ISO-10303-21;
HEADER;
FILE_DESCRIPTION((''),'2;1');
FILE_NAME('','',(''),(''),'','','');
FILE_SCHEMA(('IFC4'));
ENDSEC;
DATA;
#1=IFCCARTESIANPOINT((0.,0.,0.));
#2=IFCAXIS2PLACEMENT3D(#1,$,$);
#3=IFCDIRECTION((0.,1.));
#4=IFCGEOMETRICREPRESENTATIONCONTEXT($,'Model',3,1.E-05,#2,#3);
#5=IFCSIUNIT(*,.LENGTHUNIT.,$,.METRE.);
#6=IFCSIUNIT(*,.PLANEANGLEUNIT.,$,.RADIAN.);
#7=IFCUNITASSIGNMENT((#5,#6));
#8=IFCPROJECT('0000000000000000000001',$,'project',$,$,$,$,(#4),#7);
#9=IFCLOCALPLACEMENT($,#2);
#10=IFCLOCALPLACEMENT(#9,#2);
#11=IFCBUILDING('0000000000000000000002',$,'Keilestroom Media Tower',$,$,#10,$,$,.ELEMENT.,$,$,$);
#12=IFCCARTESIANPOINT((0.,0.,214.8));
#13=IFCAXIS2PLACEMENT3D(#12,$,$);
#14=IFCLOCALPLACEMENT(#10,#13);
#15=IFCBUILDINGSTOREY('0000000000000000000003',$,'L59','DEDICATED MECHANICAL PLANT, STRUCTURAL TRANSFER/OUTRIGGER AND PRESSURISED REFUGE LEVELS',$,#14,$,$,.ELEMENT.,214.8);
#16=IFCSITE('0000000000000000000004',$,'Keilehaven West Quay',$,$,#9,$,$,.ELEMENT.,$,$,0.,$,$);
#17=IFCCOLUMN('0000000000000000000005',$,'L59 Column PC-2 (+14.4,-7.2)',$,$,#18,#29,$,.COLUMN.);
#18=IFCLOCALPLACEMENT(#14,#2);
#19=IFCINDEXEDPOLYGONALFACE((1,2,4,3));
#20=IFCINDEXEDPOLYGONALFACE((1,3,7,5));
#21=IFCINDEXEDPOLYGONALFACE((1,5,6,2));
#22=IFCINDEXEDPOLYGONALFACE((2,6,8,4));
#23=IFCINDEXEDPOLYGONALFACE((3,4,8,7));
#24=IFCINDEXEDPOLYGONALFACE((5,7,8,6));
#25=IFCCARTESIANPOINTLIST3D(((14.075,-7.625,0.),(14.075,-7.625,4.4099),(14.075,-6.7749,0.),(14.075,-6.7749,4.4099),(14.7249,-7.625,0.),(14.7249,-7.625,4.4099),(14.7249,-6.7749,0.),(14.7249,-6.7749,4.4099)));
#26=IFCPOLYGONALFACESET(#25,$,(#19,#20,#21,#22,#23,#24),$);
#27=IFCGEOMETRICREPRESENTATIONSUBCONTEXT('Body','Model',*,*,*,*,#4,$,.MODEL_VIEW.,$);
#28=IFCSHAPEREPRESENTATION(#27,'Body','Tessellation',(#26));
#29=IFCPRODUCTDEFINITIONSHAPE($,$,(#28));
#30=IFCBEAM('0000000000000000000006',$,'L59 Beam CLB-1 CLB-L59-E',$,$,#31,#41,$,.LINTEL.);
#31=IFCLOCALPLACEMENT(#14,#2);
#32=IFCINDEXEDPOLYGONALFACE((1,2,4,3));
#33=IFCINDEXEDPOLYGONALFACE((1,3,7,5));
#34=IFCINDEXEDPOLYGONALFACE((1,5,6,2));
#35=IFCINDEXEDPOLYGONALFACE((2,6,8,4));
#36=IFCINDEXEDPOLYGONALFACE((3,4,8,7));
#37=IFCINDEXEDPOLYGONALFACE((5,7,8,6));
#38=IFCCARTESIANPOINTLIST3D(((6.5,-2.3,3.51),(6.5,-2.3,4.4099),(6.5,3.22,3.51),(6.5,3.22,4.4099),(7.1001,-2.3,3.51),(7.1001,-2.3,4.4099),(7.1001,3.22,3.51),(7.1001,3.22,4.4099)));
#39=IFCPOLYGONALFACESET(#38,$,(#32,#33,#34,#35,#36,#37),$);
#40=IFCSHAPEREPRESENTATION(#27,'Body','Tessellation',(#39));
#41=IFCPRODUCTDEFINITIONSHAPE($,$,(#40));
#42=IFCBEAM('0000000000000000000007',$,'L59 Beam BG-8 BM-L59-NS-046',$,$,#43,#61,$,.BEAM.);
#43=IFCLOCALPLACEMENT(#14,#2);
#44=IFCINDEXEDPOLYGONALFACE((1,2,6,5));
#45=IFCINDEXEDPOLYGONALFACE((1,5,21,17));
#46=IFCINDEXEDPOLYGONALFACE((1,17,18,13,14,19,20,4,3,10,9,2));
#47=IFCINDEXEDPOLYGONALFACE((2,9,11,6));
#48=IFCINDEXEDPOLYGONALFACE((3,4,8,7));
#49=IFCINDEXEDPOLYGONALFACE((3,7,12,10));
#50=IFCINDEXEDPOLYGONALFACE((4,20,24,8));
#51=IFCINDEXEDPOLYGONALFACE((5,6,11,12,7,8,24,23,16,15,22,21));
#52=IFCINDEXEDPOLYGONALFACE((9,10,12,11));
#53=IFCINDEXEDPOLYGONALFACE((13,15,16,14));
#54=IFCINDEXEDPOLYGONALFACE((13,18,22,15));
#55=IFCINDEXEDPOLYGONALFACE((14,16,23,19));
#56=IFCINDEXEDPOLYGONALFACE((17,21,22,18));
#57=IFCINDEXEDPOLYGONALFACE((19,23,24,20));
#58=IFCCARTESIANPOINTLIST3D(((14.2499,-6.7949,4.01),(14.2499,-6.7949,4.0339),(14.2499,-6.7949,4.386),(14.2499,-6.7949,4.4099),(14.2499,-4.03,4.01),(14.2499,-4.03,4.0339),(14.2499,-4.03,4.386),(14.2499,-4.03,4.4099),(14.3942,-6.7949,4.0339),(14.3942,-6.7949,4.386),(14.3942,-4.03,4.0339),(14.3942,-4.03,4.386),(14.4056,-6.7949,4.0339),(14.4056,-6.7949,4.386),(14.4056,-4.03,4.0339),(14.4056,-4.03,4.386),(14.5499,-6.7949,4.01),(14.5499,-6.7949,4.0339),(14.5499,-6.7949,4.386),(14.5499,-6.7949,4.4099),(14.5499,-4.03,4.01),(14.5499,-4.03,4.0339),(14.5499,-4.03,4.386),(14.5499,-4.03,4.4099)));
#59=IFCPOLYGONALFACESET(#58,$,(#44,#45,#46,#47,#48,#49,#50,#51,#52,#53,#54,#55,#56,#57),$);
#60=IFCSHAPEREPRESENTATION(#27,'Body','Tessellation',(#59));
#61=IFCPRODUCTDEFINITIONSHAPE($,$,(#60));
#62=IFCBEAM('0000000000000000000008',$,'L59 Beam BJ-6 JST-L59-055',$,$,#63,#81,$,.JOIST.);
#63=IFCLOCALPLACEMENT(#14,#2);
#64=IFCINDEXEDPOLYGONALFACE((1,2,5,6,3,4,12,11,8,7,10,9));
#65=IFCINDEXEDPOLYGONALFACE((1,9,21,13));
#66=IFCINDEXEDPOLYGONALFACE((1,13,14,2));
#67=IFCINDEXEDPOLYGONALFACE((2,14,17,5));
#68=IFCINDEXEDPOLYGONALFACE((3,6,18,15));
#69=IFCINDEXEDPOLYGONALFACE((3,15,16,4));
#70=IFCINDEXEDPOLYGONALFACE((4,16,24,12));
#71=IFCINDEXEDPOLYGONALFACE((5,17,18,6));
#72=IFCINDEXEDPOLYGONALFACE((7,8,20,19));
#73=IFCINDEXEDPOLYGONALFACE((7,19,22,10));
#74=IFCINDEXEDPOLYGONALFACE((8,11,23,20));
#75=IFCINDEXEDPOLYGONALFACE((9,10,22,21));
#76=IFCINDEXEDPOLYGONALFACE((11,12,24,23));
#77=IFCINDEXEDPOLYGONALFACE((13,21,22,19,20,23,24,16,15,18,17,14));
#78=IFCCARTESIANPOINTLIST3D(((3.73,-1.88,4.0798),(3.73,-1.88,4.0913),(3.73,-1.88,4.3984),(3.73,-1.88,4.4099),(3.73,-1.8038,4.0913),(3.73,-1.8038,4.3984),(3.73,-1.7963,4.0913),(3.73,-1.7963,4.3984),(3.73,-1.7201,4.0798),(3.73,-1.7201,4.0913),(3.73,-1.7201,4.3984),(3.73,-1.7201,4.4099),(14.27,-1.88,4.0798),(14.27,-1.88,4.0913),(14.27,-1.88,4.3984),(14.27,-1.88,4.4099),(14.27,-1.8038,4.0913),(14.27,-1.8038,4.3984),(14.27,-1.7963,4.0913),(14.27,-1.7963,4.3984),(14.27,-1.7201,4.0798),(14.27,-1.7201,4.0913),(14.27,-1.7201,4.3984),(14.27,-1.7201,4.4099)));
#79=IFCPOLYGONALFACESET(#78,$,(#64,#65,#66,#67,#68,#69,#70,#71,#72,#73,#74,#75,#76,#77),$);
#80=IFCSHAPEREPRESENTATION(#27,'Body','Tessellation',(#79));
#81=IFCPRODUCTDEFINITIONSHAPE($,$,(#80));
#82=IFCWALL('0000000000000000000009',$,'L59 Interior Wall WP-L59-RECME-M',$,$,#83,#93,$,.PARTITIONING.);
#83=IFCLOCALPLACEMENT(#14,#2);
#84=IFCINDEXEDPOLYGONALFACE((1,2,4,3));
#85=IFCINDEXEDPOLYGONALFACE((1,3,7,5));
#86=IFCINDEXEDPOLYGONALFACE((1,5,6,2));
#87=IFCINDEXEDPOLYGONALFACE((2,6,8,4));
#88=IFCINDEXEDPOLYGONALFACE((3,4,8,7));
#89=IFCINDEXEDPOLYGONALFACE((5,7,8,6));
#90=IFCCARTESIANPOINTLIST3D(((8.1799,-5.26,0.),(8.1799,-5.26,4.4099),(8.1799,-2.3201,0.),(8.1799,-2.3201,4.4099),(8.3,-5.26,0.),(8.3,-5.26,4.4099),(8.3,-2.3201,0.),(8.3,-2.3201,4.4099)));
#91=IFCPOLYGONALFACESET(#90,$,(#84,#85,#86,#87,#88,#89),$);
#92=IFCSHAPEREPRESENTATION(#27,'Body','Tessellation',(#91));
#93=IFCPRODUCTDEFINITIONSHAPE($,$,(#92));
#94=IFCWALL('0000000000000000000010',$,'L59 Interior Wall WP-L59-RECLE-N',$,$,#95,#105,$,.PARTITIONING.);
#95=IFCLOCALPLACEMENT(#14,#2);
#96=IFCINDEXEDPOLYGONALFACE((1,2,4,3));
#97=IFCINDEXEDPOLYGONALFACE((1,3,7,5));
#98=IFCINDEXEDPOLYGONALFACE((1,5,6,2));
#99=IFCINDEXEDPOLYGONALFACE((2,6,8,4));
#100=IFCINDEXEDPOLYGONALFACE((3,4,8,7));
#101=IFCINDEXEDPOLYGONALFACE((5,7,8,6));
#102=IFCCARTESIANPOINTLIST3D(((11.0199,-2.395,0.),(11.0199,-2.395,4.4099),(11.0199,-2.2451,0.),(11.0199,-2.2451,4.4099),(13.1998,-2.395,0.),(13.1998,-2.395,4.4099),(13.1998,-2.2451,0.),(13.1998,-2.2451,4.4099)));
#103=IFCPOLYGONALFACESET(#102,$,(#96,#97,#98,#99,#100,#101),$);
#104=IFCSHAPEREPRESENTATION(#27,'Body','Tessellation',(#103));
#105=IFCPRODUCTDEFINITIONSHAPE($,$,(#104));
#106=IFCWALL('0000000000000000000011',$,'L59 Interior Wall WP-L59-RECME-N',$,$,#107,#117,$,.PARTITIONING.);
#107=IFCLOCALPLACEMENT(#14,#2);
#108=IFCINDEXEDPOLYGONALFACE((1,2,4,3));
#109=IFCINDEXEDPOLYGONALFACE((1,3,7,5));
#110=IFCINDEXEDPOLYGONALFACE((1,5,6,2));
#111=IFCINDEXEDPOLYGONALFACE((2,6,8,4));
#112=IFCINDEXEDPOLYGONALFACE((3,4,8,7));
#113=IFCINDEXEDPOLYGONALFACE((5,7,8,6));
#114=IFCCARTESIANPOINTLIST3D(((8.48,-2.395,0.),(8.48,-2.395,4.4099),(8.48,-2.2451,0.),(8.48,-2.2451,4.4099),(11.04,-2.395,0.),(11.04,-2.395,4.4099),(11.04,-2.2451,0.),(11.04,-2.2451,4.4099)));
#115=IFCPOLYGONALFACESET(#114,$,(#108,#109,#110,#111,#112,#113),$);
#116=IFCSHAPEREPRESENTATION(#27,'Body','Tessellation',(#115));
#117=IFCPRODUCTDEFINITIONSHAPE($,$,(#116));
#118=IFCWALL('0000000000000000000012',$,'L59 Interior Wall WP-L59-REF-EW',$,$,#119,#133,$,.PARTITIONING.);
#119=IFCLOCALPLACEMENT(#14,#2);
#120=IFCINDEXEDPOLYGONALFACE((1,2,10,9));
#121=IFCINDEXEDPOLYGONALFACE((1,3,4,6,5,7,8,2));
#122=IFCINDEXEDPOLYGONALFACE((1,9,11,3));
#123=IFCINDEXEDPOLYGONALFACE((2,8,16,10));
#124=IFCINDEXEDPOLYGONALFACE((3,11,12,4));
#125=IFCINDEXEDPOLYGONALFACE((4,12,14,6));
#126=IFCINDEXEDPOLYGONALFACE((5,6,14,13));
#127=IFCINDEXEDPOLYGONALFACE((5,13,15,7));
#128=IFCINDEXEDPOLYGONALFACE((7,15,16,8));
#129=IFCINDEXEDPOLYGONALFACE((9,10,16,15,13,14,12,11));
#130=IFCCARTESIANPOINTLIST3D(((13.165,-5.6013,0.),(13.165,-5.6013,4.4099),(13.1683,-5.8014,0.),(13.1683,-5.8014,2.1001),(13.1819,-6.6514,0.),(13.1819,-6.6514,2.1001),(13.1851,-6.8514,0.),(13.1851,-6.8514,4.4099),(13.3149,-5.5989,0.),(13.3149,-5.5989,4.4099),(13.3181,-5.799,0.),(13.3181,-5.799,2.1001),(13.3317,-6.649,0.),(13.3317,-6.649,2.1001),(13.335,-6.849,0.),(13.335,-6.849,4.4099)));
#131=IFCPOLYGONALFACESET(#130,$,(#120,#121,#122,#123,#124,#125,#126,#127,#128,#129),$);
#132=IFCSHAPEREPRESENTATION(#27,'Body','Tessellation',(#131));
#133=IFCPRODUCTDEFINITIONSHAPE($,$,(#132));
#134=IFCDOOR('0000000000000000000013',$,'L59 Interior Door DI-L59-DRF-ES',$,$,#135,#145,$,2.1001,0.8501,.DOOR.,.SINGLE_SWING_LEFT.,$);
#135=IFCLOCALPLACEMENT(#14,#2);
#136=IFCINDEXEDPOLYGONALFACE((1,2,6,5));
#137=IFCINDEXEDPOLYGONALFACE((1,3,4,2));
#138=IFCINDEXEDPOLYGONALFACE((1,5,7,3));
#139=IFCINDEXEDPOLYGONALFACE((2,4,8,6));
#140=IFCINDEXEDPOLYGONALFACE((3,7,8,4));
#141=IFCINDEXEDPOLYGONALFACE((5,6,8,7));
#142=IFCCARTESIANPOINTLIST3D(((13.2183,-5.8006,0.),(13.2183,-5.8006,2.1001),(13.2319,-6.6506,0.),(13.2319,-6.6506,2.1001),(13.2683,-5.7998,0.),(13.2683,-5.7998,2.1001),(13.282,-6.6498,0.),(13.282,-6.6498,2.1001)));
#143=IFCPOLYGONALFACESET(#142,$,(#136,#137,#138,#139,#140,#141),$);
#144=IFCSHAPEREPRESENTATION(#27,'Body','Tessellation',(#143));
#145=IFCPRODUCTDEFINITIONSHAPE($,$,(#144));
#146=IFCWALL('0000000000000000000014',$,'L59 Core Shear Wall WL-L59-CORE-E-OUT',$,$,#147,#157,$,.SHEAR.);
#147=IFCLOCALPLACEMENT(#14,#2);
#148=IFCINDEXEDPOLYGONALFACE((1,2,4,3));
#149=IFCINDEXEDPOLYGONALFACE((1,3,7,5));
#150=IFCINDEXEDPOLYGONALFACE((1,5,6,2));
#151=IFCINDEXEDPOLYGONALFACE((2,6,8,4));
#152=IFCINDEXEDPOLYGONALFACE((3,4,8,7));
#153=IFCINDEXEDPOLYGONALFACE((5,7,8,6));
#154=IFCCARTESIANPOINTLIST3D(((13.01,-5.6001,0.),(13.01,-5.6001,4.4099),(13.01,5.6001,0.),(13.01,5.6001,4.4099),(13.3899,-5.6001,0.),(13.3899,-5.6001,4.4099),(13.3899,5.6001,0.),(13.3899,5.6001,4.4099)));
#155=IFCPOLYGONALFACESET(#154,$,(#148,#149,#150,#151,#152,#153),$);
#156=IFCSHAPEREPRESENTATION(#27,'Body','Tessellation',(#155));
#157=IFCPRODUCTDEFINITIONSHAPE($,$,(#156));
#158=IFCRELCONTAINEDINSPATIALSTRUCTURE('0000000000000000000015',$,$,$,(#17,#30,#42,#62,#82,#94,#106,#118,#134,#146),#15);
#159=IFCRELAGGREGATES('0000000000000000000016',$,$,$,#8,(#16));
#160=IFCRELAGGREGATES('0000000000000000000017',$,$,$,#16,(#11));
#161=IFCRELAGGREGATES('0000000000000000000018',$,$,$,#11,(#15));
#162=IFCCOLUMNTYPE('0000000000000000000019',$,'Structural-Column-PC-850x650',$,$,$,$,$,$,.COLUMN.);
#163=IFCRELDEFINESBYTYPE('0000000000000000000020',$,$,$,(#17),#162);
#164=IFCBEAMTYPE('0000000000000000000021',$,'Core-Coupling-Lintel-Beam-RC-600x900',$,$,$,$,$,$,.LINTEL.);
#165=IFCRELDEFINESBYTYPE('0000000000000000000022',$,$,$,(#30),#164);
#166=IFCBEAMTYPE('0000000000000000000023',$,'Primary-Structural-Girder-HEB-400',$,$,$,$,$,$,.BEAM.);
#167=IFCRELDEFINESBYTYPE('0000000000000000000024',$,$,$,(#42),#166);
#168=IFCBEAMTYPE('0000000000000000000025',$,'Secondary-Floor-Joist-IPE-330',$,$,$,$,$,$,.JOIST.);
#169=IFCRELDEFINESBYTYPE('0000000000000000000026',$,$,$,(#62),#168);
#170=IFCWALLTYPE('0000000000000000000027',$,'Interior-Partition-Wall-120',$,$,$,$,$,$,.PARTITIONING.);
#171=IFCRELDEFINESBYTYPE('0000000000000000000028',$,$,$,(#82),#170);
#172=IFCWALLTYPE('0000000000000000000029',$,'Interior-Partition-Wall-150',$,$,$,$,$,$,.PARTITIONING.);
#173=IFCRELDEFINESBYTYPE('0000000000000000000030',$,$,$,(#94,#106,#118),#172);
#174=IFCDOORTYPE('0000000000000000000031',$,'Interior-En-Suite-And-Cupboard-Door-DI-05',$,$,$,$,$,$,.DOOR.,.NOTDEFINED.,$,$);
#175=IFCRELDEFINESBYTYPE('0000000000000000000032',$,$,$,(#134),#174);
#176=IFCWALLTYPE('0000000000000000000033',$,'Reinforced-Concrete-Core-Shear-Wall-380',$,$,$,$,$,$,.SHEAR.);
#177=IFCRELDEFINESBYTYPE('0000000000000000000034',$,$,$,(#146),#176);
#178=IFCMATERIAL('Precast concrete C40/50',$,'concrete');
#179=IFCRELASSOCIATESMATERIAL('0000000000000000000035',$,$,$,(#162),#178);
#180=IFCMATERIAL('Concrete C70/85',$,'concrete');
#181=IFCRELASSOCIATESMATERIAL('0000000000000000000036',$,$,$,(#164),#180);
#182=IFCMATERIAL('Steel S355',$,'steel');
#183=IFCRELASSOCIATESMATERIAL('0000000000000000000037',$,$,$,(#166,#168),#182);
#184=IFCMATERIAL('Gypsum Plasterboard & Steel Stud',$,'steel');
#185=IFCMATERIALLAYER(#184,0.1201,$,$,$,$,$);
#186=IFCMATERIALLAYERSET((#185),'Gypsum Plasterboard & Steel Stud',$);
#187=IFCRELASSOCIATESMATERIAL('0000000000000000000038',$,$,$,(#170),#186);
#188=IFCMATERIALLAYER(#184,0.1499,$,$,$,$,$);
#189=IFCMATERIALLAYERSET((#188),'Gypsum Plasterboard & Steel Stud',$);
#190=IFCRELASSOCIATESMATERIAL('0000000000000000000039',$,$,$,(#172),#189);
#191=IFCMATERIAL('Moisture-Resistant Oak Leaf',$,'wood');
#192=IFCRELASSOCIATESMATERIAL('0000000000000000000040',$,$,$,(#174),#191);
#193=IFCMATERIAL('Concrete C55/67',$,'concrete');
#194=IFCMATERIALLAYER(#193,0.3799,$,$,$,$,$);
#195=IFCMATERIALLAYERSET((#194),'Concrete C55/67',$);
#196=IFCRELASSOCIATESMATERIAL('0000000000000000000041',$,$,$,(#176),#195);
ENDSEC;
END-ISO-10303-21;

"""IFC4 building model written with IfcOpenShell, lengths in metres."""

from ifc_helpers import new_model, si_unit, direction, frame, frame_2d, origin, origin_2d, place, context, subcontext, project, spatial, rectangle, i_section, extrude, source, transform, mapped, material, layer, layer_set, material_profile, profile_set, type_object, element, fill, save


model = new_model("IFC4")

# Units and contexts
model_context = context("Model", 3, precision=1e-05, world=origin(), true_north=direction((0.0, 1.0)))
body_context = subcontext(model_context, "Body", "Model", "MODEL_VIEW")
ifc_project = project(units=[si_unit("LENGTHUNIT", "METRE"), si_unit("PLANEANGLEUNIT", "RADIAN")], contexts=[model_context])

# Site, building, storey
site_placement = place(None, origin())
site = spatial("IfcSite", under=ifc_project, at=site_placement, Name="Keilehaven West Quay", CompositionType="ELEMENT", RefElevation=0.0)
building_placement = place(site_placement, origin())
building = spatial("IfcBuilding", under=site, at=building_placement, Name="Keilestroom Media Tower", CompositionType="ELEMENT")
storey_placement = place(building_placement, frame((0.0, 0.0, 214.8)))
storey = spatial("IfcBuildingStorey", under=building, at=storey_placement, Name="L59", Description="DEDICATED MECHANICAL PLANT, STRUCTURAL TRANSFER/OUTRIGGER AND PRESSURISED REFUGE LEVELS", CompositionType="ELEMENT", Elevation=214.8)

# Column
ifc_material_1 = material(Name="Precast concrete C40/50", Category="concrete")
ifc_material_profile_1 = material_profile(ifc_material_1, rectangle(XDim=0.6499, YDim=0.8501, at=origin_2d()), Name="PC 850x650")
ifc_profile_set_1 = profile_set([ifc_material_profile_1], Name="Precast concrete C40/50")
column_type = type_object("IfcColumnType", Name="Structural-Column-PC-850x650", PredefinedType="COLUMN", material=ifc_profile_set_1)
shared_shape_1 = source(origin(), body_context, "Body", "SweptSolid", [
    extrude(rectangle(XDim=0.6499, YDim=0.8501, at=origin_2d()), origin(), (0.0, 0.0, 1.0), 4.4099),
])
column_placement = place(storey_placement, frame((14.3999, -7.2, 0.0), z_axis=(0.0, 0.0, 1.0), x_axis=(1.0, 0.0, 0.0)))
element("IfcColumn", 1, at=column_placement, inside=storey, type_object=column_type, Name="L59 Column PC-2 (+14.4,-7.2)", PredefinedType="COLUMN", context=body_context, shape_type="MappedRepresentation", body=[
    mapped(shared_shape_1, transform((0.0, 0.0, 0.0), x_axis=(1.0, 0.0, 0.0), y_axis=(0.0, 1.0, 0.0), z_axis=(0.0, 0.0, 1.0), scale=1.0)),
])

# Beams
ifc_material_2 = material(Name="Concrete C70/85", Category="concrete")
ifc_material_profile_2 = material_profile(ifc_material_2, rectangle(XDim=0.6001, YDim=0.8999, at=origin_2d()), Name="RC 600x900")
ifc_profile_set_2 = profile_set([ifc_material_profile_2], Name="Concrete C70/85")
beam_type_1 = type_object("IfcBeamType", Name="Core-Coupling-Lintel-Beam-RC-600x900", PredefinedType="LINTEL", material=ifc_profile_set_2)
shared_shape_2 = source(origin(), body_context, "Body", "SweptSolid", [
    extrude(rectangle(XDim=0.6001, YDim=0.8999, at=origin_2d()), origin(), (0.0, 0.0, 1.0), 5.52),
])
beam_1_placement = place(storey_placement, frame((6.8, -2.3, 3.96), z_axis=(0.0, 1.0, 0.0), x_axis=(-1.0, 0.0, 0.0)))
element("IfcBeam", 2, at=beam_1_placement, inside=storey, type_object=beam_type_1, Name="L59 Beam CLB-1 CLB-L59-E", PredefinedType="LINTEL", context=body_context, shape_type="MappedRepresentation", body=[
    mapped(shared_shape_2, transform((0.0, 0.0, 0.0), x_axis=(1.0, 0.0, 0.0), y_axis=(0.0, 1.0, 0.0), z_axis=(0.0, 0.0, 1.0), scale=1.0)),
])
ifc_material_3 = material(Name="Steel S355", Category="steel")
ifc_material_profile_3 = material_profile(ifc_material_3, i_section(OverallWidth=0.3, OverallDepth=0.3999, WebThickness=0.0115, FlangeThickness=0.0239, at=origin_2d()), Name="HEB 400")
ifc_profile_set_3 = profile_set([ifc_material_profile_3], Name="Steel S355")
beam_type_2 = type_object("IfcBeamType", Name="Primary-Structural-Girder-HEB-400", PredefinedType="BEAM", material=ifc_profile_set_3)
shared_shape_3 = source(origin(), body_context, "Body", "SweptSolid", [
    extrude(i_section(OverallWidth=0.3, OverallDepth=0.3999, WebThickness=0.0115, FlangeThickness=0.0239, at=origin_2d()), origin(), (0.0, 0.0, 1.0), 2.7649),
])
beam_2_placement = place(storey_placement, frame((14.3999, -6.7949, 4.21), z_axis=(0.0, 1.0, 0.0), x_axis=(-1.0, 0.0, 0.0)))
element("IfcBeam", 3, at=beam_2_placement, inside=storey, type_object=beam_type_2, Name="L59 Beam BG-8 BM-L59-NS-046", PredefinedType="BEAM", context=body_context, shape_type="MappedRepresentation", body=[
    mapped(shared_shape_3, transform((0.0, 0.0, 0.0), x_axis=(1.0, 0.0, 0.0), y_axis=(0.0, 1.0, 0.0), z_axis=(0.0, 0.0, 1.0), scale=1.0)),
])
ifc_material_profile_4 = material_profile(ifc_material_3, i_section(OverallWidth=0.1599, OverallDepth=0.3301, WebThickness=0.0076, FlangeThickness=0.0115, at=origin_2d()), Name="IPE 330")
ifc_profile_set_4 = profile_set([ifc_material_profile_4], Name="Steel S355")
beam_type_3 = type_object("IfcBeamType", Name="Secondary-Floor-Joist-IPE-330", PredefinedType="JOIST", material=ifc_profile_set_4)
shared_shape_4 = source(origin(), body_context, "Body", "SweptSolid", [
    extrude(i_section(OverallWidth=0.1599, OverallDepth=0.3301, WebThickness=0.0076, FlangeThickness=0.0115, at=origin_2d()), origin(), (0.0, 0.0, 1.0), 10.54),
])
beam_3_placement = place(storey_placement, frame((3.73, -1.8, 4.2449), z_axis=(1.0, 0.0, 0.0), x_axis=(0.0, 1.0, 0.0)))
element("IfcBeam", 4, at=beam_3_placement, inside=storey, type_object=beam_type_3, Name="L59 Beam BJ-6 JST-L59-055", PredefinedType="JOIST", context=body_context, shape_type="MappedRepresentation", body=[
    mapped(shared_shape_4, transform((0.0, 0.0, 0.0), x_axis=(1.0, 0.0, 0.0), y_axis=(0.0, 1.0, 0.0), z_axis=(0.0, 0.0, 1.0), scale=1.0)),
])

# Walls
ifc_material_4 = material(Name="Gypsum Plasterboard & Steel Stud", Category="steel")
ifc_layer_1 = layer(ifc_material_4, 0.1201)
ifc_layer_set_1 = layer_set([ifc_layer_1], Name="Gypsum Plasterboard & Steel Stud")
wall_type_1 = type_object("IfcWallType", Name="Interior-Partition-Wall-120", PredefinedType="PARTITIONING", material=ifc_layer_set_1)
wall_1_placement = place(storey_placement, frame((8.24, -5.26, 0.0), z_axis=(0.0, 0.0, 1.0), x_axis=(0.0, 1.0, 0.0)))
element("IfcWall", 5, at=wall_1_placement, inside=storey, type_object=wall_type_1, Name="L59 Interior Wall WP-L59-RECME-M", PredefinedType="PARTITIONING", context=body_context, shape_type="SweptSolid", body=[
    extrude(rectangle(XDim=2.9399, YDim=0.1201, at=frame_2d((1.47, 0.0))), origin(), (0.0, 0.0, 1.0), 4.4099),
])
ifc_layer_2 = layer(ifc_material_4, 0.1499)
ifc_layer_set_2 = layer_set([ifc_layer_2], Name="Gypsum Plasterboard & Steel Stud")
wall_type_2 = type_object("IfcWallType", Name="Interior-Partition-Wall-150", PredefinedType="PARTITIONING", material=ifc_layer_set_2)
wall_2_placement = place(storey_placement, frame((11.02, -2.3201, 0.0), z_axis=(0.0, 0.0, 1.0), x_axis=(1.0, 0.0, 0.0)))
element("IfcWall", 6, at=wall_2_placement, inside=storey, type_object=wall_type_2, Name="L59 Interior Wall WP-L59-RECLE-N", PredefinedType="PARTITIONING", context=body_context, shape_type="SweptSolid", body=[
    extrude(rectangle(XDim=2.1799, YDim=0.1499, at=frame_2d((1.0898, 0.0))), origin(), (0.0, 0.0, 1.0), 4.4099),
])
wall_3_placement = place(storey_placement, frame((8.48, -2.3201, 0.0), z_axis=(0.0, 0.0, 1.0), x_axis=(1.0, 0.0, 0.0)))
element("IfcWall", 7, at=wall_3_placement, inside=storey, type_object=wall_type_2, Name="L59 Interior Wall WP-L59-RECME-N", PredefinedType="PARTITIONING", context=body_context, shape_type="SweptSolid", body=[
    extrude(rectangle(XDim=2.5601, YDim=0.1499, at=frame_2d((1.28, 0.0))), origin(), (0.0, 0.0, 1.0), 4.4099),
])

# Wall, opening, door
wall_4_placement = place(storey_placement, frame((13.26, -6.8501, 0.0), z_axis=(0.0, 0.0, 1.0), x_axis=(-0.016014, 0.999872, 0.0)))
wall_4 = element("IfcWall", 8, at=wall_4_placement, inside=storey, type_object=wall_type_2, Name="L59 Interior Wall WP-L59-REF-EW", PredefinedType="PARTITIONING", context=body_context, shape_type="SweptSolid", body=[
    extrude(rectangle(XDim=1.2502, YDim=0.1499, at=frame_2d((0.625, 0.0))), origin(), (0.0, 0.0, 1.0), 4.4099),
])
opening_1_placement = place(wall_4_placement, frame((0.2, 0.0, 0.0)))
opening_1 = element("IfcOpeningElement", 9, at=opening_1_placement, cuts=wall_4, PredefinedType="OPENING", context=body_context, shape_type="SweptSolid", body=[
    extrude(rectangle(XDim=0.8501, YDim=2.1001, at=frame_2d((0.425, 1.05))), frame((0.0, 0.085, 0.0), z_axis=(0.0, -1.0, 0.0), x_axis=(1.0, 0.0, 0.0)), (0.0, 0.0, 1.0), 0.1699),
])
ifc_material_5 = material(Name="Moisture-Resistant Oak Leaf", Category="wood")
door_type_1 = type_object("IfcDoorType", Name="Interior-En-Suite-And-Cupboard-Door-DI-05", OperationType="NOTDEFINED", PredefinedType="DOOR", material=ifc_material_5)
shared_shape_5 = source(origin(), body_context, "Body", "SweptSolid", [
    extrude(rectangle(XDim=0.8501, YDim=2.1001, at=frame_2d((0.425, 1.05))), frame((0.0, 0.0249, 0.0), z_axis=(0.0, -1.0, 0.0), x_axis=(1.0, 0.0, 0.0)), (0.0, 0.0, 1.0), 0.05),
])
door_1_placement = place(opening_1_placement, origin())
door_1 = element("IfcDoor", 10, at=door_1_placement, inside=storey, type_object=door_type_1, Name="L59 Interior Door DI-L59-DRF-ES", OperationType="SINGLE_SWING_LEFT", OverallHeight=2.1001, OverallWidth=0.8501, PredefinedType="DOOR", context=body_context, shape_type="MappedRepresentation", body=[
    mapped(shared_shape_5, transform((0.0, 0.0, 0.0), x_axis=(1.0, 0.0, 0.0), y_axis=(0.0, 1.0, 0.0), z_axis=(0.0, 0.0, 1.0), scale=1.0)),
])
fill(opening_1, door_1)

# Wall
ifc_material_6 = material(Name="Concrete C55/67", Category="concrete")
ifc_layer_3 = layer(ifc_material_6, 0.3799)
ifc_layer_set_3 = layer_set([ifc_layer_3], Name="Concrete C55/67")
wall_type_3 = type_object("IfcWallType", Name="Reinforced-Concrete-Core-Shear-Wall-380", PredefinedType="SHEAR", material=ifc_layer_set_3)
wall_5_placement = place(storey_placement, frame((13.2, -5.6001, 0.0), z_axis=(0.0, 0.0, 1.0), x_axis=(0.0, 1.0, 0.0)))
element("IfcWall", 11, at=wall_5_placement, inside=storey, type_object=wall_type_3, Name="L59 Core Shear Wall WL-L59-CORE-E-OUT", PredefinedType="SHEAR", context=body_context, shape_type="SweptSolid", body=[
    extrude(rectangle(XDim=11.2002, YDim=0.3799, at=frame_2d((5.6001, 0.0))), origin(), (0.0, 0.0, 1.0), 4.4099),
])

save(model, "model.ifc")
